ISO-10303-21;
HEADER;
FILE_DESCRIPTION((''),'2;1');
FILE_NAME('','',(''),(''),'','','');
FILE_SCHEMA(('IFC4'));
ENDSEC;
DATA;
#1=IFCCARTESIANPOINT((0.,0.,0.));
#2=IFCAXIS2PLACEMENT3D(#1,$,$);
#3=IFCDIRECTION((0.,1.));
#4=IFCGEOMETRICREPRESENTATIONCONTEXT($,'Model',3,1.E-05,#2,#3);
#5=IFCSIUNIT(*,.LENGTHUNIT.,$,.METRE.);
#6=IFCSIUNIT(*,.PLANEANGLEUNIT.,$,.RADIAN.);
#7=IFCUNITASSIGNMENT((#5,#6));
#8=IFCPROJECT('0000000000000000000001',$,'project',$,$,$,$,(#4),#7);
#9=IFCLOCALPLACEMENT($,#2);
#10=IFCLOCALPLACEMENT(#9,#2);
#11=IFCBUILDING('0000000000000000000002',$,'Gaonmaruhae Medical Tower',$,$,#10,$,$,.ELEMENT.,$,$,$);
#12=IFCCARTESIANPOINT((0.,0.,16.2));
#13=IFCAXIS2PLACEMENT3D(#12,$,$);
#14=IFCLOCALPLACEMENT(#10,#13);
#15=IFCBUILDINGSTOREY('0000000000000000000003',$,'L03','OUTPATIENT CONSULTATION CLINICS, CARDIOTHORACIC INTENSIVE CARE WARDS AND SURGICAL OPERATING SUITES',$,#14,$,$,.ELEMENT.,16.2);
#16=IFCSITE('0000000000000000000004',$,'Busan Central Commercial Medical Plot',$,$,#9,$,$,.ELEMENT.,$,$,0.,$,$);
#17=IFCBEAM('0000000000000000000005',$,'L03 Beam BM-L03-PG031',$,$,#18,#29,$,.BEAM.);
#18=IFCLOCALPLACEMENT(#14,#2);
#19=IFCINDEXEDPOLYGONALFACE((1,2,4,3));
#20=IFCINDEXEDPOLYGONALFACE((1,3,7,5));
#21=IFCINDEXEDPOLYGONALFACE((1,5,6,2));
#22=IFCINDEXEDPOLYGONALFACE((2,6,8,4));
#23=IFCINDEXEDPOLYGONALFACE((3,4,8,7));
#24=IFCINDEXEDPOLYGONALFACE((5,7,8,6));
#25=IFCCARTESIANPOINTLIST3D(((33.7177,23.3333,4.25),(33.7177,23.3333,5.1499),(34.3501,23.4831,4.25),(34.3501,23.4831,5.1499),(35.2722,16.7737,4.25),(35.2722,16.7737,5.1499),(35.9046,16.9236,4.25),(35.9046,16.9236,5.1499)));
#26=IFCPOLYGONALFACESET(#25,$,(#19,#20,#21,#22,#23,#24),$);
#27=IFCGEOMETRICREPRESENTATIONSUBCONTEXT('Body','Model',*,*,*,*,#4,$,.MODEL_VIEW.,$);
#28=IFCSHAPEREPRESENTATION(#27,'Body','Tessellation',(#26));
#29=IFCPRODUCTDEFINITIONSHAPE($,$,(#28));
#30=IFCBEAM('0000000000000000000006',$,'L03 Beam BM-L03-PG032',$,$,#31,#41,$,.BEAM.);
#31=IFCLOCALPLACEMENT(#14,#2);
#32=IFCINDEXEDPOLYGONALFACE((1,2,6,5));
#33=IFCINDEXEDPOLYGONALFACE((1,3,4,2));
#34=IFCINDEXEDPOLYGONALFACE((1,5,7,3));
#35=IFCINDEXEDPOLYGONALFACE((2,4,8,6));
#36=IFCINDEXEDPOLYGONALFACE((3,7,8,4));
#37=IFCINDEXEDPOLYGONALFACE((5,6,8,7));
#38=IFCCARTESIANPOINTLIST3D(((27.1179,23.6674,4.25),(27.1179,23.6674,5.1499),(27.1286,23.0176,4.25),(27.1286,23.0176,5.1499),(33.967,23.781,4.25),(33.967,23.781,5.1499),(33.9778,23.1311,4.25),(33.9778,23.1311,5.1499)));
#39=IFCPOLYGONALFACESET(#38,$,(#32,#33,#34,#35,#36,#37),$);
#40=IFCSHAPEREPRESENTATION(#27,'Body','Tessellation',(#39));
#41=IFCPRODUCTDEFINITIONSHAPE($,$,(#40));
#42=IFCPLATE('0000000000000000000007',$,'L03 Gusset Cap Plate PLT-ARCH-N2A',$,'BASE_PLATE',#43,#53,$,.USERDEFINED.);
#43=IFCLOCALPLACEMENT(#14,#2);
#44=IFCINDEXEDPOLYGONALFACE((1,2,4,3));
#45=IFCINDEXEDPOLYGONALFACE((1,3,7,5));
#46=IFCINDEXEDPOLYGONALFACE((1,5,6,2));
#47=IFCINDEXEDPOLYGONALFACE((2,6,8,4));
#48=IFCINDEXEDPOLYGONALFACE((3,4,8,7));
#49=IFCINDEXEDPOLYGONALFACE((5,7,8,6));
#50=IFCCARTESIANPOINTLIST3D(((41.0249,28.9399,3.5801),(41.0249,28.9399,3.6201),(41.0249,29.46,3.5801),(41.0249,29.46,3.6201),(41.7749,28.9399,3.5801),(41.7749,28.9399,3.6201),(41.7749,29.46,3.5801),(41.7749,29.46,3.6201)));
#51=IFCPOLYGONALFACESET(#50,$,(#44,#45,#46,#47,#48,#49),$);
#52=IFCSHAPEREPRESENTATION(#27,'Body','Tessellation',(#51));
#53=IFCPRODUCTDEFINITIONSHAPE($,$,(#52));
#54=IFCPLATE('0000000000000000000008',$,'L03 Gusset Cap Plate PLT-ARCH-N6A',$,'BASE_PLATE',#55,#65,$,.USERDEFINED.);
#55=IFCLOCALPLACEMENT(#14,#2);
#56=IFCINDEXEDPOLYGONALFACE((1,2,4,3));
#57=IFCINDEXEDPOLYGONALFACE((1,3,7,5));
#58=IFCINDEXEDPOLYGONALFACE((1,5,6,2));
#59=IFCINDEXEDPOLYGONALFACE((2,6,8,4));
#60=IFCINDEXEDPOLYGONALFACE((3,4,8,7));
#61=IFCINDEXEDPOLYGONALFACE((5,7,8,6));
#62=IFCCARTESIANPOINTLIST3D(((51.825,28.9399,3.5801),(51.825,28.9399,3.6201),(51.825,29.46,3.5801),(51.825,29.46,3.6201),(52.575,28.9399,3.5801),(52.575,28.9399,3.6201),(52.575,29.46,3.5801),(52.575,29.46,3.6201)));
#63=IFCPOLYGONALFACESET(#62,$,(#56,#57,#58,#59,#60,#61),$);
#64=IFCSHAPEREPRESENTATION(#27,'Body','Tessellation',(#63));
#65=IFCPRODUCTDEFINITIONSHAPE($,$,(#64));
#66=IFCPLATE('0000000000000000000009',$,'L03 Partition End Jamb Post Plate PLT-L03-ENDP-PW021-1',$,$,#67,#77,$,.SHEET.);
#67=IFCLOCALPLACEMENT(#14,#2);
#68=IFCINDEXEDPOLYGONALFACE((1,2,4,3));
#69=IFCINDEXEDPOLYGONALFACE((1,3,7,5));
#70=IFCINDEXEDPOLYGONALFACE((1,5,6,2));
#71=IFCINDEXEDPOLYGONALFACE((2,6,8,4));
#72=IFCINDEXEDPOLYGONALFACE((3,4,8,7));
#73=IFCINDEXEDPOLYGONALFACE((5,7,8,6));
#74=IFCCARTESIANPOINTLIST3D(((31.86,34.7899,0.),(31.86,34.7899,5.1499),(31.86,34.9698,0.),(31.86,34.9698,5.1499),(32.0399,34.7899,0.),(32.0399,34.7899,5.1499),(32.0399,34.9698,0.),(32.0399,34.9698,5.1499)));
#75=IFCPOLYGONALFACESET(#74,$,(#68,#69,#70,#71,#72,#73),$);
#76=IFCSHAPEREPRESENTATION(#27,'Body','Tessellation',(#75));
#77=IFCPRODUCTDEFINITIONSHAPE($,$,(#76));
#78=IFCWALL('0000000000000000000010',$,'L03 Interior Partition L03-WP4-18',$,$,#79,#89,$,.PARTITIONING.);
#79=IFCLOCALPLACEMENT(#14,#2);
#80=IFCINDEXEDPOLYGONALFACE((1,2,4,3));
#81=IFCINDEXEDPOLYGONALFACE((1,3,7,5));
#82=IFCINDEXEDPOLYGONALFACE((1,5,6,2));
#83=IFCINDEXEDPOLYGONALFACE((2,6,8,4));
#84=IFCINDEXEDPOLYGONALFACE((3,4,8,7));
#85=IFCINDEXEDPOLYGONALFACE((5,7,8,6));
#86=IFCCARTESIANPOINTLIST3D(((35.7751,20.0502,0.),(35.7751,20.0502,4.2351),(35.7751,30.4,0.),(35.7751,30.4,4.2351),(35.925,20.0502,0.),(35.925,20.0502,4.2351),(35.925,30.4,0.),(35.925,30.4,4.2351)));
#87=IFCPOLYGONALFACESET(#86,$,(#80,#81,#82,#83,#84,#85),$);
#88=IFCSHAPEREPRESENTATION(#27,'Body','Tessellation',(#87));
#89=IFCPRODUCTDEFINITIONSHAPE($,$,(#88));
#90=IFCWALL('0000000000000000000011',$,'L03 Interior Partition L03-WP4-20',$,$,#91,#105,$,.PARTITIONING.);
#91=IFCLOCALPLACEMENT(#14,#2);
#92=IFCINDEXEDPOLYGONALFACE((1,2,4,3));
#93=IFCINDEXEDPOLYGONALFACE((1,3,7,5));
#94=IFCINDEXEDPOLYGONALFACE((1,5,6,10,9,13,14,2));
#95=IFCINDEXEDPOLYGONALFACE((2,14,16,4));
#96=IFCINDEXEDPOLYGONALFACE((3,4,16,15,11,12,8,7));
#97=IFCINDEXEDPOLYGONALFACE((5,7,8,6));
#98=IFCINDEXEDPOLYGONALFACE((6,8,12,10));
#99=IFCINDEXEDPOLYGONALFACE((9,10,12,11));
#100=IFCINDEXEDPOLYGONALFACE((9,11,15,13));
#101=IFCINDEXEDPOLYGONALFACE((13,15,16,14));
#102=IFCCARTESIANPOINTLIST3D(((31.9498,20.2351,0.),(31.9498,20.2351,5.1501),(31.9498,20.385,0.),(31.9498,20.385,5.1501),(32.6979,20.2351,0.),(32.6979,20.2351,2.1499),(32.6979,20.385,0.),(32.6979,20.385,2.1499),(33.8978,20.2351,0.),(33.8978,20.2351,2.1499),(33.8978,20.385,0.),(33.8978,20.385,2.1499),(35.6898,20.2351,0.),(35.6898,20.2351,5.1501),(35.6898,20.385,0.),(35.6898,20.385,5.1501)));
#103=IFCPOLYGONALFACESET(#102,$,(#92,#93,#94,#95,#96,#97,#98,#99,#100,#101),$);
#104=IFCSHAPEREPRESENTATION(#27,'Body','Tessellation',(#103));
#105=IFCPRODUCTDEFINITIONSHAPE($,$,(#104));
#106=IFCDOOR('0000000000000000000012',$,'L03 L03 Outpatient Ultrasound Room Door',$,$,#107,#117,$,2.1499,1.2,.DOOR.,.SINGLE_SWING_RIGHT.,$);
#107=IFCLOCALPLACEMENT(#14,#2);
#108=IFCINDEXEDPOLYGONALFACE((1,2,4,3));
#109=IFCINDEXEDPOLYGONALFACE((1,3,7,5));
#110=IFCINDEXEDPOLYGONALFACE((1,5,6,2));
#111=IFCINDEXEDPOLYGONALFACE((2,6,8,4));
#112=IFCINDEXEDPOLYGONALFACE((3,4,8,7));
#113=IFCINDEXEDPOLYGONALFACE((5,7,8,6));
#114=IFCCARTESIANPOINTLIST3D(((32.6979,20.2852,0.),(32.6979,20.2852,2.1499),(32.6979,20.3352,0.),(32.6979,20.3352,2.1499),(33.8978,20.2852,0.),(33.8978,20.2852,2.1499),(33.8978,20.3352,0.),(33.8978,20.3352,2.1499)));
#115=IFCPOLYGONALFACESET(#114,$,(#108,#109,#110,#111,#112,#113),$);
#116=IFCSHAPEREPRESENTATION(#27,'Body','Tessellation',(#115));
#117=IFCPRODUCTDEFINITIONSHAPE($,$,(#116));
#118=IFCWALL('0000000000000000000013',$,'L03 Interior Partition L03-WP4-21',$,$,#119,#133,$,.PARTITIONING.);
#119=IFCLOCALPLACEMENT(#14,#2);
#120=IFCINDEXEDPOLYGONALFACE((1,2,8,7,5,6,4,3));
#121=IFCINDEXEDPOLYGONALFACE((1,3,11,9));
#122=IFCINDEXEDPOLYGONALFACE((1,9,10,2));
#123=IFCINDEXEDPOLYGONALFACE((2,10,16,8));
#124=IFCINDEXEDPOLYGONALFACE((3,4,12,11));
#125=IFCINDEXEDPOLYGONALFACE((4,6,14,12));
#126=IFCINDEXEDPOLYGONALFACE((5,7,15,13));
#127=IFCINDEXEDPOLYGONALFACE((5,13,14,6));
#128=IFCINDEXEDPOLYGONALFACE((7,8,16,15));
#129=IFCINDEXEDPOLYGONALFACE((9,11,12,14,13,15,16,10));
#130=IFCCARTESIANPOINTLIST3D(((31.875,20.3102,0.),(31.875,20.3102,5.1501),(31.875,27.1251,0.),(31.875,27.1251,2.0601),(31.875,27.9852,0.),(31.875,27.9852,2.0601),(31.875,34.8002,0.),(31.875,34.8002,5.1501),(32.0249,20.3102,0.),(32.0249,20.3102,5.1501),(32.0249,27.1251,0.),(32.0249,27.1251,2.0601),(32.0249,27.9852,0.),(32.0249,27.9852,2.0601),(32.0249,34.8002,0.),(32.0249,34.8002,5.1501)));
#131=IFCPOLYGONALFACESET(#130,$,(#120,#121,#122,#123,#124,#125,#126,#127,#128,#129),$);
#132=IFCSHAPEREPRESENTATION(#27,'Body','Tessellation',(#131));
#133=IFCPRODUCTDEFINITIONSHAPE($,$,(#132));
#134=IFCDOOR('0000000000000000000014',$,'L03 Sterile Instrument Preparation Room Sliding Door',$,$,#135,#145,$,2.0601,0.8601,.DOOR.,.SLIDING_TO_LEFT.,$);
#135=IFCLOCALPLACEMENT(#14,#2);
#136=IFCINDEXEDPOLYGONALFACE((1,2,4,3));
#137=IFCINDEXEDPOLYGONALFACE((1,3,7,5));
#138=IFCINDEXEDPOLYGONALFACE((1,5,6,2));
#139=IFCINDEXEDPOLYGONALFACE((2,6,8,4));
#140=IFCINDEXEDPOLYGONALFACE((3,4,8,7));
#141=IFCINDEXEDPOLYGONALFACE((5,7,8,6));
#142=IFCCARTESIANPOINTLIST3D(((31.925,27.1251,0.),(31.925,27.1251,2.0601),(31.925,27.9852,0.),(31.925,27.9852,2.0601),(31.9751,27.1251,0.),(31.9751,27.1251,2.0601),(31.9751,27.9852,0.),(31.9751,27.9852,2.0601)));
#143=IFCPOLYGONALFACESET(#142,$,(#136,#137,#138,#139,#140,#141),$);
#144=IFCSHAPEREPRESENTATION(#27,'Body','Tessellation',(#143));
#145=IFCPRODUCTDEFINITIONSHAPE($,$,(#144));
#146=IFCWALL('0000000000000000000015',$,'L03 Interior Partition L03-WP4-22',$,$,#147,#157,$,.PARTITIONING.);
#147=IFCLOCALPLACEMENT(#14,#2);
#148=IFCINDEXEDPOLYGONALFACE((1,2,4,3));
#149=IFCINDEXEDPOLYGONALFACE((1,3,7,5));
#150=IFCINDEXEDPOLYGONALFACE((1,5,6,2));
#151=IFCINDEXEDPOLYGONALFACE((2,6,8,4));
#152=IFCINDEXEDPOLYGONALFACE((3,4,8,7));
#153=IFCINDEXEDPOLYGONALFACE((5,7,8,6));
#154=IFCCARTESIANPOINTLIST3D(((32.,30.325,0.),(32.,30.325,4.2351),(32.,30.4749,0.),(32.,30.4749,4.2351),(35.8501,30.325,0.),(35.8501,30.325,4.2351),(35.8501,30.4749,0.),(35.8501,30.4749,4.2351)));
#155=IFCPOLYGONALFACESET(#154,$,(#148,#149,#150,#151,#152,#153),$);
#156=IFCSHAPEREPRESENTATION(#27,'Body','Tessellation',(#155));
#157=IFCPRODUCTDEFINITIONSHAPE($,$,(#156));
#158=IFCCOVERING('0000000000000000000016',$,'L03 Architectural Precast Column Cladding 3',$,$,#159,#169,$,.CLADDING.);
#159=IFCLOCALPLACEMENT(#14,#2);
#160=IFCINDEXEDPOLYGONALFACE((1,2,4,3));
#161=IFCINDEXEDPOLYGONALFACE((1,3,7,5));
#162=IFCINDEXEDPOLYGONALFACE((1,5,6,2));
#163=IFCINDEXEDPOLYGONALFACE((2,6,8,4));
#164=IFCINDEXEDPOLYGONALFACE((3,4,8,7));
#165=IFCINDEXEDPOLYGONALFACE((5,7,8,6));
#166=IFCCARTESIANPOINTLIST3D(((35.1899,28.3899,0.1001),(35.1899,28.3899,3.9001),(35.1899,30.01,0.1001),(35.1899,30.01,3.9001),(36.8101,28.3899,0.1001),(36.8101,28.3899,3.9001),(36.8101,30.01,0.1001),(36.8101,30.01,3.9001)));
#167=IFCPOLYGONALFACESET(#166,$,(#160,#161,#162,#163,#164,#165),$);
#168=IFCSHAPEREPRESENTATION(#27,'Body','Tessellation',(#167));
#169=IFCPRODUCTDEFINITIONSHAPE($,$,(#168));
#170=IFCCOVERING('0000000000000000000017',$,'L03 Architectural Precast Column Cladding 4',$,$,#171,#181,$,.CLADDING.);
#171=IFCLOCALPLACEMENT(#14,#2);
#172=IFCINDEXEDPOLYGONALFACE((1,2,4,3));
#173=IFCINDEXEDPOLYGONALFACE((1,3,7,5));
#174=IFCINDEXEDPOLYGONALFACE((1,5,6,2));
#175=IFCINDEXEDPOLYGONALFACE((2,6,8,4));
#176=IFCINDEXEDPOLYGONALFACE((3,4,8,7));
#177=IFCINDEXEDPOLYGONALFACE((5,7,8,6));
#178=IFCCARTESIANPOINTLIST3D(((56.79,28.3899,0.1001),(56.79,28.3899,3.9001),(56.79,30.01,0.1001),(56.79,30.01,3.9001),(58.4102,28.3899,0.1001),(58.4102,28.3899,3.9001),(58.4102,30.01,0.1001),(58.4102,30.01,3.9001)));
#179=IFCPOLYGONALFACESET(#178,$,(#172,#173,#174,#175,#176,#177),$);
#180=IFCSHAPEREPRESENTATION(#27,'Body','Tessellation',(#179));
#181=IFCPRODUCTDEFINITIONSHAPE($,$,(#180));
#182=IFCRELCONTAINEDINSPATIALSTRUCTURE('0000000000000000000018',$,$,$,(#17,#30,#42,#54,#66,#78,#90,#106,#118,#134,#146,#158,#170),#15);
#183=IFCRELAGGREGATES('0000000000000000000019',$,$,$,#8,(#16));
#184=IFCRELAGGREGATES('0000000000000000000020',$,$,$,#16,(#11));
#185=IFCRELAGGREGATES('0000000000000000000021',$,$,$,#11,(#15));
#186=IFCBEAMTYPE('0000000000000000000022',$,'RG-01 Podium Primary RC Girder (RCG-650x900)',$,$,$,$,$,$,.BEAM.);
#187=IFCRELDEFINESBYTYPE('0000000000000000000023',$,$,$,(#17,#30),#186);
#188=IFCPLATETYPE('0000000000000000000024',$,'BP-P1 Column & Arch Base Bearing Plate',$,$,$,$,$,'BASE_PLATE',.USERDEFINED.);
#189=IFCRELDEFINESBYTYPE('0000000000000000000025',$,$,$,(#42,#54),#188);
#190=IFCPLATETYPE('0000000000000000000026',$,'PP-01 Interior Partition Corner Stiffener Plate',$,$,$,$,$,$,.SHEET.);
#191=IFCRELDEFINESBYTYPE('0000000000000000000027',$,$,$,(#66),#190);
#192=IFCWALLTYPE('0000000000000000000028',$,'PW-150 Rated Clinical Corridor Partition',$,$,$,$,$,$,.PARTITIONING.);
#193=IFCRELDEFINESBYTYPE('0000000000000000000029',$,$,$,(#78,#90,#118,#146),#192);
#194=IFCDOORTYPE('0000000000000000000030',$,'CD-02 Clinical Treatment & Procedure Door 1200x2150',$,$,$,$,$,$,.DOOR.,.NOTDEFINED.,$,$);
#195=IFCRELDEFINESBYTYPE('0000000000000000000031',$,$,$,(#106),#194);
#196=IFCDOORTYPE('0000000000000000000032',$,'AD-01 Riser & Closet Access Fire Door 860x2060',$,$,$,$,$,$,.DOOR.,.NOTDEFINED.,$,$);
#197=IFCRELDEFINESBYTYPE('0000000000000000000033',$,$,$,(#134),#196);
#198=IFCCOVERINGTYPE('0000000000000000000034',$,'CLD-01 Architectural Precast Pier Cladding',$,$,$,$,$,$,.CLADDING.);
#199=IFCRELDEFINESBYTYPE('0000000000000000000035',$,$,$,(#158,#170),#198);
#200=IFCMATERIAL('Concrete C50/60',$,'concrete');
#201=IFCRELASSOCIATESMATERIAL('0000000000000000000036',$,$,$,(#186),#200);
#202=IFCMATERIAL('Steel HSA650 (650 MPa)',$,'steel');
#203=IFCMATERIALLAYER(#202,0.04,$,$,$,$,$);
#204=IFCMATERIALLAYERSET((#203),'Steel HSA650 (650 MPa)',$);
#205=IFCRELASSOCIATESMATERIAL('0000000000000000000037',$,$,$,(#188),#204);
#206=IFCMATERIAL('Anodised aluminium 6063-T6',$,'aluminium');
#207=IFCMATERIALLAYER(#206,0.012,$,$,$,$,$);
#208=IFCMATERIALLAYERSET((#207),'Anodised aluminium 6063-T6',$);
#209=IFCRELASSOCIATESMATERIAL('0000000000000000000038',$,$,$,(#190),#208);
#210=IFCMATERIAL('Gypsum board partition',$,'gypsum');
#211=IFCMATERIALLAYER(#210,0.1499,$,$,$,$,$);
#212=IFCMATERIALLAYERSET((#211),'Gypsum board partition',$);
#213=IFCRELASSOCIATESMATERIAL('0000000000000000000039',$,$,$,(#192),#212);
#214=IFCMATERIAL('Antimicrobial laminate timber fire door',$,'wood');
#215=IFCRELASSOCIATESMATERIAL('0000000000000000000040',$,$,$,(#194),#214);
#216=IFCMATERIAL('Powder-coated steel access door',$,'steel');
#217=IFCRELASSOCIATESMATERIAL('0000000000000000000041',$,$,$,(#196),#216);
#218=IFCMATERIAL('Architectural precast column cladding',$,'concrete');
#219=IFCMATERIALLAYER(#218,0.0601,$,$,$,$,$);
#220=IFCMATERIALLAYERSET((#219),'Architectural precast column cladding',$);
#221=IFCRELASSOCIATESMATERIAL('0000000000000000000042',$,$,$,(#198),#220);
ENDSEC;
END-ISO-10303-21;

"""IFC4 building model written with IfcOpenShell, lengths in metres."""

from ifc_helpers import new_model, si_unit, direction, frame, frame_2d, origin, origin_2d, place, context, subcontext, project, spatial, rectangle, extrude, material, layer, layer_set, material_profile, profile_set, type_object, element, fill, save


model = new_model("IFC4")

# Units and contexts
model_context = context("Model", 3, precision=1e-05, world=origin(), true_north=direction((0.0, 1.0)))
body_context = subcontext(model_context, "Body", "Model", "MODEL_VIEW")
ifc_project = project(units=[si_unit("LENGTHUNIT", "METRE"), si_unit("PLANEANGLEUNIT", "RADIAN")], contexts=[model_context])

# Site, building, storey
site_placement = place(None, origin())
site = spatial("IfcSite", under=ifc_project, at=site_placement, Name="Busan Central Commercial Medical Plot", CompositionType="ELEMENT", RefElevation=0.0)
building_placement = place(site_placement, origin())
building = spatial("IfcBuilding", under=site, at=building_placement, Name="Gaonmaruhae Medical Tower", CompositionType="ELEMENT")
storey_placement = place(building_placement, frame((0.0, 0.0, 16.2)))
storey = spatial("IfcBuildingStorey", under=building, at=storey_placement, Name="L03", Description="OUTPATIENT CONSULTATION CLINICS, CARDIOTHORACIC INTENSIVE CARE WARDS AND SURGICAL OPERATING SUITES", CompositionType="ELEMENT", Elevation=16.2)

# Shared definitions
ifc_material_1 = material(Name="Concrete C50/60", Category="concrete")

# Beams
ifc_material_profile_1 = material_profile(ifc_material_1, rectangle(XDim=0.6499, YDim=0.8999, at=origin_2d()), Name="RCG-650x900")
ifc_profile_set_1 = profile_set([ifc_material_profile_1], Name="Concrete C50/60")
beam_type_1 = type_object("IfcBeamType", Name="RG-01 Podium Primary RC Girder (RCG-650x900)", PredefinedType="BEAM", material=ifc_profile_set_1)
beam_1_placement = place(storey_placement, frame((34.0339, 23.4082, 4.7), z_axis=(0.230587, -0.973052, 0.0), x_axis=(0.973052, 0.230587, 0.0)))
element("IfcBeam", 1, at=beam_1_placement, inside=storey, type_object=beam_type_1, Name="L03 Beam BM-L03-PG031", PredefinedType="BEAM", context=body_context, shape_type="SweptSolid", body=[
    extrude(rectangle(XDim=0.6499, YDim=0.8999, at=origin_2d()), origin(), (0.0, 0.0, 1.0), 6.7412),
])
beam_2_placement = place(storey_placement, frame((33.9724, 23.4561, 4.7), z_axis=(-0.999863, -0.016573, 0.0), x_axis=(0.016573, -0.999863, 0.0)))
element("IfcBeam", 2, at=beam_2_placement, inside=storey, type_object=beam_type_1, Name="L03 Beam BM-L03-PG032", PredefinedType="BEAM", context=body_context, shape_type="SweptSolid", body=[
    extrude(rectangle(XDim=0.6499, YDim=0.8999, at=origin_2d()), origin(), (0.0, 0.0, 1.0), 6.8501),
])

# Plates
ifc_material_2 = material(Name="Steel HSA650 (650 MPa)", Category="steel")
ifc_layer_1 = layer(ifc_material_2, 0.04)
ifc_layer_set_1 = layer_set([ifc_layer_1], Name="Steel HSA650 (650 MPa)")
plate_type_1 = type_object("IfcPlateType", Name="BP-P1 Column & Arch Base Bearing Plate", ElementType="BASE_PLATE", PredefinedType="USERDEFINED", material=ifc_layer_set_1)
for number, where, z_axis, x_axis, name in (
    (3, (41.3999, 29.2, 3.5801), (0.0, 0.0, 1.0), (1.0, 0.0, 0.0), "L03 Gusset Cap Plate PLT-ARCH-N2A"),
    (4, (52.2, 29.2, 3.5801), (0.0, 0.0, 1.0), (1.0, 0.0, 0.0), "L03 Gusset Cap Plate PLT-ARCH-N6A"),
):
    element("IfcPlate", number, at=place(storey_placement, frame(where, z_axis=z_axis, x_axis=x_axis)), inside=storey, type_object=plate_type_1, Name=name, ObjectType="BASE_PLATE", PredefinedType="USERDEFINED", context=body_context, shape_type="SweptSolid", body=[
        extrude(rectangle(XDim=0.75, YDim=0.52, at=origin_2d()), origin(), (0.0, 0.0, 1.0), 0.04),
    ])
ifc_material_3 = material(Name="Anodised aluminium 6063-T6", Category="aluminium")
ifc_layer_2 = layer(ifc_material_3, 0.012)
ifc_layer_set_2 = layer_set([ifc_layer_2], Name="Anodised aluminium 6063-T6")
plate_type_2 = type_object("IfcPlateType", Name="PP-01 Interior Partition Corner Stiffener Plate", PredefinedType="SHEET", material=ifc_layer_set_2)
plate_placement = place(storey_placement, frame((31.95, 34.8799, 0.0), z_axis=(0.0, 0.0, 1.0), x_axis=(0.0, 1.0, 0.0)))
element("IfcPlate", 5, at=plate_placement, inside=storey, type_object=plate_type_2, Name="L03 Partition End Jamb Post Plate PLT-L03-ENDP-PW021-1", PredefinedType="SHEET", context=body_context, shape_type="SweptSolid", body=[
    extrude(rectangle(XDim=0.1799, YDim=0.1799, at=origin_2d()), origin(), (0.0, 0.0, 1.0), 5.1499),
])

# Wall
ifc_material_4 = material(Name="Gypsum board partition", Category="gypsum")
ifc_layer_3 = layer(ifc_material_4, 0.1499)
ifc_layer_set_3 = layer_set([ifc_layer_3], Name="Gypsum board partition")
wall_type = type_object("IfcWallType", Name="PW-150 Rated Clinical Corridor Partition", PredefinedType="PARTITIONING", material=ifc_layer_set_3)
wall_1_placement = place(storey_placement, frame((35.8501, 30.3999, 0.0), z_axis=(0.0, 0.0, 1.0), x_axis=(0.0, -1.0, 0.0)))
element("IfcWall", 6, at=wall_1_placement, inside=storey, type_object=wall_type, Name="L03 Interior Partition L03-WP4-18", PredefinedType="PARTITIONING", context=body_context, shape_type="SweptSolid", body=[
    extrude(rectangle(XDim=10.3499, YDim=0.1499, at=frame_2d((5.1748, 0.0))), origin(), (0.0, 0.0, 1.0), 4.2351),
])

# Walls, openings, doors
wall_2_placement = place(storey_placement, frame((35.6899, 20.3101, 0.0), z_axis=(0.0, 0.0, 1.0), x_axis=(-1.0, 0.0, 0.0)))
wall_2 = element("IfcWall", 7, at=wall_2_placement, inside=storey, type_object=wall_type, Name="L03 Interior Partition L03-WP4-20", PredefinedType="PARTITIONING", context=body_context, shape_type="SweptSolid", body=[
    extrude(rectangle(XDim=3.74, YDim=0.1499, at=frame_2d((1.8701, 0.0))), origin(), (0.0, 0.0, 1.0), 5.1501),
])
opening_1_placement = place(wall_2_placement, frame((1.792, 0.0, 0.0)))
opening_1 = element("IfcOpeningElement", 8, at=opening_1_placement, cuts=wall_2, PredefinedType="OPENING", context=body_context, shape_type="SweptSolid", body=[
    extrude(rectangle(XDim=1.2, YDim=2.1499, at=frame_2d((0.6001, 1.075))), frame((0.0, 0.085, 0.0), z_axis=(0.0, -1.0, 0.0), x_axis=(1.0, 0.0, 0.0)), (0.0, 0.0, 1.0), 0.1699),
])
ifc_material_5 = material(Name="Antimicrobial laminate timber fire door", Category="wood")
door_type_1 = type_object("IfcDoorType", Name="CD-02 Clinical Treatment & Procedure Door 1200x2150", OperationType="NOTDEFINED", PredefinedType="DOOR", material=ifc_material_5)
door_1_placement = place(opening_1_placement, origin())
door_1 = element("IfcDoor", 9, at=door_1_placement, inside=storey, type_object=door_type_1, Name="L03 L03 Outpatient Ultrasound Room Door", OperationType="SINGLE_SWING_RIGHT", OverallHeight=2.1499, OverallWidth=1.2, PredefinedType="DOOR", context=body_context, shape_type="SweptSolid", body=[
    extrude(rectangle(XDim=1.2, YDim=2.1499, at=frame_2d((0.6001, 1.075))), frame((0.0, 0.0249, 0.0), z_axis=(0.0, -1.0, 0.0), x_axis=(1.0, 0.0, 0.0)), (0.0, 0.0, 1.0), 0.05),
])
fill(opening_1, door_1)
wall_3_placement = place(storey_placement, frame((31.95, 20.3101, 0.0), z_axis=(0.0, 0.0, 1.0), x_axis=(0.0, 1.0, 0.0)))
wall_3 = element("IfcWall", 10, at=wall_3_placement, inside=storey, type_object=wall_type, Name="L03 Interior Partition L03-WP4-21", PredefinedType="PARTITIONING", context=body_context, shape_type="SweptSolid", body=[
    extrude(rectangle(XDim=14.49, YDim=0.1499, at=frame_2d((7.2451, 0.0))), origin(), (0.0, 0.0, 1.0), 5.1501),
])
opening_2_placement = place(wall_3_placement, frame((6.8149, 0.0, 0.0)))
opening_2 = element("IfcOpeningElement", 11, at=opening_2_placement, cuts=wall_3, PredefinedType="OPENING", context=body_context, shape_type="SweptSolid", body=[
    extrude(rectangle(XDim=0.8601, YDim=2.0601, at=frame_2d((0.4302, 1.03))), frame((0.0, 0.085, 0.0), z_axis=(0.0, -1.0, 0.0), x_axis=(1.0, 0.0, 0.0)), (0.0, 0.0, 1.0), 0.1699),
])
ifc_material_6 = material(Name="Powder-coated steel access door", Category="steel")
door_type_2 = type_object("IfcDoorType", Name="AD-01 Riser & Closet Access Fire Door 860x2060", OperationType="NOTDEFINED", PredefinedType="DOOR", material=ifc_material_6)
door_2_placement = place(opening_2_placement, origin())
door_2 = element("IfcDoor", 12, at=door_2_placement, inside=storey, type_object=door_type_2, Name="L03 Sterile Instrument Preparation Room Sliding Door", OperationType="SLIDING_TO_LEFT", OverallHeight=2.0601, OverallWidth=0.8601, PredefinedType="DOOR", context=body_context, shape_type="SweptSolid", body=[
    extrude(rectangle(XDim=0.8601, YDim=2.0601, at=frame_2d((0.4302, 1.03))), frame((0.0, 0.0249, 0.0), z_axis=(0.0, -1.0, 0.0), x_axis=(1.0, 0.0, 0.0)), (0.0, 0.0, 1.0), 0.05),
])
fill(opening_2, door_2)

# Wall
wall_4_placement = place(storey_placement, frame((32.0, 30.3999, 0.0), z_axis=(0.0, 0.0, 1.0), x_axis=(1.0, 0.0, 0.0)))
element("IfcWall", 13, at=wall_4_placement, inside=storey, type_object=wall_type, Name="L03 Interior Partition L03-WP4-22", PredefinedType="PARTITIONING", context=body_context, shape_type="SweptSolid", body=[
    extrude(rectangle(XDim=3.8501, YDim=0.1499, at=frame_2d((1.925, 0.0))), origin(), (0.0, 0.0, 1.0), 4.2351),
])

# Coverings
ifc_material_7 = material(Name="Architectural precast column cladding", Category="concrete")
ifc_layer_4 = layer(ifc_material_7, 0.0601)
ifc_layer_set_4 = layer_set([ifc_layer_4], Name="Architectural precast column cladding")
covering_type = type_object("IfcCoveringType", Name="CLD-01 Architectural Precast Pier Cladding", PredefinedType="CLADDING", material=ifc_layer_set_4)
for number, where, z_axis, x_axis, name in (
    (14, (36.0, 29.2, 0.1001), (0.0, 0.0, 1.0), (1.0, 0.0, 0.0), "L03 Architectural Precast Column Cladding 3"),
    (15, (57.6001, 29.2, 0.1001), (0.0, 0.0, 1.0), (1.0, 0.0, 0.0), "L03 Architectural Precast Column Cladding 4"),
):
    element("IfcCovering", number, at=place(storey_placement, frame(where, z_axis=z_axis, x_axis=x_axis)), inside=storey, type_object=covering_type, Name=name, PredefinedType="CLADDING", context=body_context, shape_type="SweptSolid", body=[
        extrude(rectangle(XDim=1.6201, YDim=1.6201, at=origin_2d()), origin(), (0.0, 0.0, 1.0), 3.8),
    ])

save(model, "model.ifc")
